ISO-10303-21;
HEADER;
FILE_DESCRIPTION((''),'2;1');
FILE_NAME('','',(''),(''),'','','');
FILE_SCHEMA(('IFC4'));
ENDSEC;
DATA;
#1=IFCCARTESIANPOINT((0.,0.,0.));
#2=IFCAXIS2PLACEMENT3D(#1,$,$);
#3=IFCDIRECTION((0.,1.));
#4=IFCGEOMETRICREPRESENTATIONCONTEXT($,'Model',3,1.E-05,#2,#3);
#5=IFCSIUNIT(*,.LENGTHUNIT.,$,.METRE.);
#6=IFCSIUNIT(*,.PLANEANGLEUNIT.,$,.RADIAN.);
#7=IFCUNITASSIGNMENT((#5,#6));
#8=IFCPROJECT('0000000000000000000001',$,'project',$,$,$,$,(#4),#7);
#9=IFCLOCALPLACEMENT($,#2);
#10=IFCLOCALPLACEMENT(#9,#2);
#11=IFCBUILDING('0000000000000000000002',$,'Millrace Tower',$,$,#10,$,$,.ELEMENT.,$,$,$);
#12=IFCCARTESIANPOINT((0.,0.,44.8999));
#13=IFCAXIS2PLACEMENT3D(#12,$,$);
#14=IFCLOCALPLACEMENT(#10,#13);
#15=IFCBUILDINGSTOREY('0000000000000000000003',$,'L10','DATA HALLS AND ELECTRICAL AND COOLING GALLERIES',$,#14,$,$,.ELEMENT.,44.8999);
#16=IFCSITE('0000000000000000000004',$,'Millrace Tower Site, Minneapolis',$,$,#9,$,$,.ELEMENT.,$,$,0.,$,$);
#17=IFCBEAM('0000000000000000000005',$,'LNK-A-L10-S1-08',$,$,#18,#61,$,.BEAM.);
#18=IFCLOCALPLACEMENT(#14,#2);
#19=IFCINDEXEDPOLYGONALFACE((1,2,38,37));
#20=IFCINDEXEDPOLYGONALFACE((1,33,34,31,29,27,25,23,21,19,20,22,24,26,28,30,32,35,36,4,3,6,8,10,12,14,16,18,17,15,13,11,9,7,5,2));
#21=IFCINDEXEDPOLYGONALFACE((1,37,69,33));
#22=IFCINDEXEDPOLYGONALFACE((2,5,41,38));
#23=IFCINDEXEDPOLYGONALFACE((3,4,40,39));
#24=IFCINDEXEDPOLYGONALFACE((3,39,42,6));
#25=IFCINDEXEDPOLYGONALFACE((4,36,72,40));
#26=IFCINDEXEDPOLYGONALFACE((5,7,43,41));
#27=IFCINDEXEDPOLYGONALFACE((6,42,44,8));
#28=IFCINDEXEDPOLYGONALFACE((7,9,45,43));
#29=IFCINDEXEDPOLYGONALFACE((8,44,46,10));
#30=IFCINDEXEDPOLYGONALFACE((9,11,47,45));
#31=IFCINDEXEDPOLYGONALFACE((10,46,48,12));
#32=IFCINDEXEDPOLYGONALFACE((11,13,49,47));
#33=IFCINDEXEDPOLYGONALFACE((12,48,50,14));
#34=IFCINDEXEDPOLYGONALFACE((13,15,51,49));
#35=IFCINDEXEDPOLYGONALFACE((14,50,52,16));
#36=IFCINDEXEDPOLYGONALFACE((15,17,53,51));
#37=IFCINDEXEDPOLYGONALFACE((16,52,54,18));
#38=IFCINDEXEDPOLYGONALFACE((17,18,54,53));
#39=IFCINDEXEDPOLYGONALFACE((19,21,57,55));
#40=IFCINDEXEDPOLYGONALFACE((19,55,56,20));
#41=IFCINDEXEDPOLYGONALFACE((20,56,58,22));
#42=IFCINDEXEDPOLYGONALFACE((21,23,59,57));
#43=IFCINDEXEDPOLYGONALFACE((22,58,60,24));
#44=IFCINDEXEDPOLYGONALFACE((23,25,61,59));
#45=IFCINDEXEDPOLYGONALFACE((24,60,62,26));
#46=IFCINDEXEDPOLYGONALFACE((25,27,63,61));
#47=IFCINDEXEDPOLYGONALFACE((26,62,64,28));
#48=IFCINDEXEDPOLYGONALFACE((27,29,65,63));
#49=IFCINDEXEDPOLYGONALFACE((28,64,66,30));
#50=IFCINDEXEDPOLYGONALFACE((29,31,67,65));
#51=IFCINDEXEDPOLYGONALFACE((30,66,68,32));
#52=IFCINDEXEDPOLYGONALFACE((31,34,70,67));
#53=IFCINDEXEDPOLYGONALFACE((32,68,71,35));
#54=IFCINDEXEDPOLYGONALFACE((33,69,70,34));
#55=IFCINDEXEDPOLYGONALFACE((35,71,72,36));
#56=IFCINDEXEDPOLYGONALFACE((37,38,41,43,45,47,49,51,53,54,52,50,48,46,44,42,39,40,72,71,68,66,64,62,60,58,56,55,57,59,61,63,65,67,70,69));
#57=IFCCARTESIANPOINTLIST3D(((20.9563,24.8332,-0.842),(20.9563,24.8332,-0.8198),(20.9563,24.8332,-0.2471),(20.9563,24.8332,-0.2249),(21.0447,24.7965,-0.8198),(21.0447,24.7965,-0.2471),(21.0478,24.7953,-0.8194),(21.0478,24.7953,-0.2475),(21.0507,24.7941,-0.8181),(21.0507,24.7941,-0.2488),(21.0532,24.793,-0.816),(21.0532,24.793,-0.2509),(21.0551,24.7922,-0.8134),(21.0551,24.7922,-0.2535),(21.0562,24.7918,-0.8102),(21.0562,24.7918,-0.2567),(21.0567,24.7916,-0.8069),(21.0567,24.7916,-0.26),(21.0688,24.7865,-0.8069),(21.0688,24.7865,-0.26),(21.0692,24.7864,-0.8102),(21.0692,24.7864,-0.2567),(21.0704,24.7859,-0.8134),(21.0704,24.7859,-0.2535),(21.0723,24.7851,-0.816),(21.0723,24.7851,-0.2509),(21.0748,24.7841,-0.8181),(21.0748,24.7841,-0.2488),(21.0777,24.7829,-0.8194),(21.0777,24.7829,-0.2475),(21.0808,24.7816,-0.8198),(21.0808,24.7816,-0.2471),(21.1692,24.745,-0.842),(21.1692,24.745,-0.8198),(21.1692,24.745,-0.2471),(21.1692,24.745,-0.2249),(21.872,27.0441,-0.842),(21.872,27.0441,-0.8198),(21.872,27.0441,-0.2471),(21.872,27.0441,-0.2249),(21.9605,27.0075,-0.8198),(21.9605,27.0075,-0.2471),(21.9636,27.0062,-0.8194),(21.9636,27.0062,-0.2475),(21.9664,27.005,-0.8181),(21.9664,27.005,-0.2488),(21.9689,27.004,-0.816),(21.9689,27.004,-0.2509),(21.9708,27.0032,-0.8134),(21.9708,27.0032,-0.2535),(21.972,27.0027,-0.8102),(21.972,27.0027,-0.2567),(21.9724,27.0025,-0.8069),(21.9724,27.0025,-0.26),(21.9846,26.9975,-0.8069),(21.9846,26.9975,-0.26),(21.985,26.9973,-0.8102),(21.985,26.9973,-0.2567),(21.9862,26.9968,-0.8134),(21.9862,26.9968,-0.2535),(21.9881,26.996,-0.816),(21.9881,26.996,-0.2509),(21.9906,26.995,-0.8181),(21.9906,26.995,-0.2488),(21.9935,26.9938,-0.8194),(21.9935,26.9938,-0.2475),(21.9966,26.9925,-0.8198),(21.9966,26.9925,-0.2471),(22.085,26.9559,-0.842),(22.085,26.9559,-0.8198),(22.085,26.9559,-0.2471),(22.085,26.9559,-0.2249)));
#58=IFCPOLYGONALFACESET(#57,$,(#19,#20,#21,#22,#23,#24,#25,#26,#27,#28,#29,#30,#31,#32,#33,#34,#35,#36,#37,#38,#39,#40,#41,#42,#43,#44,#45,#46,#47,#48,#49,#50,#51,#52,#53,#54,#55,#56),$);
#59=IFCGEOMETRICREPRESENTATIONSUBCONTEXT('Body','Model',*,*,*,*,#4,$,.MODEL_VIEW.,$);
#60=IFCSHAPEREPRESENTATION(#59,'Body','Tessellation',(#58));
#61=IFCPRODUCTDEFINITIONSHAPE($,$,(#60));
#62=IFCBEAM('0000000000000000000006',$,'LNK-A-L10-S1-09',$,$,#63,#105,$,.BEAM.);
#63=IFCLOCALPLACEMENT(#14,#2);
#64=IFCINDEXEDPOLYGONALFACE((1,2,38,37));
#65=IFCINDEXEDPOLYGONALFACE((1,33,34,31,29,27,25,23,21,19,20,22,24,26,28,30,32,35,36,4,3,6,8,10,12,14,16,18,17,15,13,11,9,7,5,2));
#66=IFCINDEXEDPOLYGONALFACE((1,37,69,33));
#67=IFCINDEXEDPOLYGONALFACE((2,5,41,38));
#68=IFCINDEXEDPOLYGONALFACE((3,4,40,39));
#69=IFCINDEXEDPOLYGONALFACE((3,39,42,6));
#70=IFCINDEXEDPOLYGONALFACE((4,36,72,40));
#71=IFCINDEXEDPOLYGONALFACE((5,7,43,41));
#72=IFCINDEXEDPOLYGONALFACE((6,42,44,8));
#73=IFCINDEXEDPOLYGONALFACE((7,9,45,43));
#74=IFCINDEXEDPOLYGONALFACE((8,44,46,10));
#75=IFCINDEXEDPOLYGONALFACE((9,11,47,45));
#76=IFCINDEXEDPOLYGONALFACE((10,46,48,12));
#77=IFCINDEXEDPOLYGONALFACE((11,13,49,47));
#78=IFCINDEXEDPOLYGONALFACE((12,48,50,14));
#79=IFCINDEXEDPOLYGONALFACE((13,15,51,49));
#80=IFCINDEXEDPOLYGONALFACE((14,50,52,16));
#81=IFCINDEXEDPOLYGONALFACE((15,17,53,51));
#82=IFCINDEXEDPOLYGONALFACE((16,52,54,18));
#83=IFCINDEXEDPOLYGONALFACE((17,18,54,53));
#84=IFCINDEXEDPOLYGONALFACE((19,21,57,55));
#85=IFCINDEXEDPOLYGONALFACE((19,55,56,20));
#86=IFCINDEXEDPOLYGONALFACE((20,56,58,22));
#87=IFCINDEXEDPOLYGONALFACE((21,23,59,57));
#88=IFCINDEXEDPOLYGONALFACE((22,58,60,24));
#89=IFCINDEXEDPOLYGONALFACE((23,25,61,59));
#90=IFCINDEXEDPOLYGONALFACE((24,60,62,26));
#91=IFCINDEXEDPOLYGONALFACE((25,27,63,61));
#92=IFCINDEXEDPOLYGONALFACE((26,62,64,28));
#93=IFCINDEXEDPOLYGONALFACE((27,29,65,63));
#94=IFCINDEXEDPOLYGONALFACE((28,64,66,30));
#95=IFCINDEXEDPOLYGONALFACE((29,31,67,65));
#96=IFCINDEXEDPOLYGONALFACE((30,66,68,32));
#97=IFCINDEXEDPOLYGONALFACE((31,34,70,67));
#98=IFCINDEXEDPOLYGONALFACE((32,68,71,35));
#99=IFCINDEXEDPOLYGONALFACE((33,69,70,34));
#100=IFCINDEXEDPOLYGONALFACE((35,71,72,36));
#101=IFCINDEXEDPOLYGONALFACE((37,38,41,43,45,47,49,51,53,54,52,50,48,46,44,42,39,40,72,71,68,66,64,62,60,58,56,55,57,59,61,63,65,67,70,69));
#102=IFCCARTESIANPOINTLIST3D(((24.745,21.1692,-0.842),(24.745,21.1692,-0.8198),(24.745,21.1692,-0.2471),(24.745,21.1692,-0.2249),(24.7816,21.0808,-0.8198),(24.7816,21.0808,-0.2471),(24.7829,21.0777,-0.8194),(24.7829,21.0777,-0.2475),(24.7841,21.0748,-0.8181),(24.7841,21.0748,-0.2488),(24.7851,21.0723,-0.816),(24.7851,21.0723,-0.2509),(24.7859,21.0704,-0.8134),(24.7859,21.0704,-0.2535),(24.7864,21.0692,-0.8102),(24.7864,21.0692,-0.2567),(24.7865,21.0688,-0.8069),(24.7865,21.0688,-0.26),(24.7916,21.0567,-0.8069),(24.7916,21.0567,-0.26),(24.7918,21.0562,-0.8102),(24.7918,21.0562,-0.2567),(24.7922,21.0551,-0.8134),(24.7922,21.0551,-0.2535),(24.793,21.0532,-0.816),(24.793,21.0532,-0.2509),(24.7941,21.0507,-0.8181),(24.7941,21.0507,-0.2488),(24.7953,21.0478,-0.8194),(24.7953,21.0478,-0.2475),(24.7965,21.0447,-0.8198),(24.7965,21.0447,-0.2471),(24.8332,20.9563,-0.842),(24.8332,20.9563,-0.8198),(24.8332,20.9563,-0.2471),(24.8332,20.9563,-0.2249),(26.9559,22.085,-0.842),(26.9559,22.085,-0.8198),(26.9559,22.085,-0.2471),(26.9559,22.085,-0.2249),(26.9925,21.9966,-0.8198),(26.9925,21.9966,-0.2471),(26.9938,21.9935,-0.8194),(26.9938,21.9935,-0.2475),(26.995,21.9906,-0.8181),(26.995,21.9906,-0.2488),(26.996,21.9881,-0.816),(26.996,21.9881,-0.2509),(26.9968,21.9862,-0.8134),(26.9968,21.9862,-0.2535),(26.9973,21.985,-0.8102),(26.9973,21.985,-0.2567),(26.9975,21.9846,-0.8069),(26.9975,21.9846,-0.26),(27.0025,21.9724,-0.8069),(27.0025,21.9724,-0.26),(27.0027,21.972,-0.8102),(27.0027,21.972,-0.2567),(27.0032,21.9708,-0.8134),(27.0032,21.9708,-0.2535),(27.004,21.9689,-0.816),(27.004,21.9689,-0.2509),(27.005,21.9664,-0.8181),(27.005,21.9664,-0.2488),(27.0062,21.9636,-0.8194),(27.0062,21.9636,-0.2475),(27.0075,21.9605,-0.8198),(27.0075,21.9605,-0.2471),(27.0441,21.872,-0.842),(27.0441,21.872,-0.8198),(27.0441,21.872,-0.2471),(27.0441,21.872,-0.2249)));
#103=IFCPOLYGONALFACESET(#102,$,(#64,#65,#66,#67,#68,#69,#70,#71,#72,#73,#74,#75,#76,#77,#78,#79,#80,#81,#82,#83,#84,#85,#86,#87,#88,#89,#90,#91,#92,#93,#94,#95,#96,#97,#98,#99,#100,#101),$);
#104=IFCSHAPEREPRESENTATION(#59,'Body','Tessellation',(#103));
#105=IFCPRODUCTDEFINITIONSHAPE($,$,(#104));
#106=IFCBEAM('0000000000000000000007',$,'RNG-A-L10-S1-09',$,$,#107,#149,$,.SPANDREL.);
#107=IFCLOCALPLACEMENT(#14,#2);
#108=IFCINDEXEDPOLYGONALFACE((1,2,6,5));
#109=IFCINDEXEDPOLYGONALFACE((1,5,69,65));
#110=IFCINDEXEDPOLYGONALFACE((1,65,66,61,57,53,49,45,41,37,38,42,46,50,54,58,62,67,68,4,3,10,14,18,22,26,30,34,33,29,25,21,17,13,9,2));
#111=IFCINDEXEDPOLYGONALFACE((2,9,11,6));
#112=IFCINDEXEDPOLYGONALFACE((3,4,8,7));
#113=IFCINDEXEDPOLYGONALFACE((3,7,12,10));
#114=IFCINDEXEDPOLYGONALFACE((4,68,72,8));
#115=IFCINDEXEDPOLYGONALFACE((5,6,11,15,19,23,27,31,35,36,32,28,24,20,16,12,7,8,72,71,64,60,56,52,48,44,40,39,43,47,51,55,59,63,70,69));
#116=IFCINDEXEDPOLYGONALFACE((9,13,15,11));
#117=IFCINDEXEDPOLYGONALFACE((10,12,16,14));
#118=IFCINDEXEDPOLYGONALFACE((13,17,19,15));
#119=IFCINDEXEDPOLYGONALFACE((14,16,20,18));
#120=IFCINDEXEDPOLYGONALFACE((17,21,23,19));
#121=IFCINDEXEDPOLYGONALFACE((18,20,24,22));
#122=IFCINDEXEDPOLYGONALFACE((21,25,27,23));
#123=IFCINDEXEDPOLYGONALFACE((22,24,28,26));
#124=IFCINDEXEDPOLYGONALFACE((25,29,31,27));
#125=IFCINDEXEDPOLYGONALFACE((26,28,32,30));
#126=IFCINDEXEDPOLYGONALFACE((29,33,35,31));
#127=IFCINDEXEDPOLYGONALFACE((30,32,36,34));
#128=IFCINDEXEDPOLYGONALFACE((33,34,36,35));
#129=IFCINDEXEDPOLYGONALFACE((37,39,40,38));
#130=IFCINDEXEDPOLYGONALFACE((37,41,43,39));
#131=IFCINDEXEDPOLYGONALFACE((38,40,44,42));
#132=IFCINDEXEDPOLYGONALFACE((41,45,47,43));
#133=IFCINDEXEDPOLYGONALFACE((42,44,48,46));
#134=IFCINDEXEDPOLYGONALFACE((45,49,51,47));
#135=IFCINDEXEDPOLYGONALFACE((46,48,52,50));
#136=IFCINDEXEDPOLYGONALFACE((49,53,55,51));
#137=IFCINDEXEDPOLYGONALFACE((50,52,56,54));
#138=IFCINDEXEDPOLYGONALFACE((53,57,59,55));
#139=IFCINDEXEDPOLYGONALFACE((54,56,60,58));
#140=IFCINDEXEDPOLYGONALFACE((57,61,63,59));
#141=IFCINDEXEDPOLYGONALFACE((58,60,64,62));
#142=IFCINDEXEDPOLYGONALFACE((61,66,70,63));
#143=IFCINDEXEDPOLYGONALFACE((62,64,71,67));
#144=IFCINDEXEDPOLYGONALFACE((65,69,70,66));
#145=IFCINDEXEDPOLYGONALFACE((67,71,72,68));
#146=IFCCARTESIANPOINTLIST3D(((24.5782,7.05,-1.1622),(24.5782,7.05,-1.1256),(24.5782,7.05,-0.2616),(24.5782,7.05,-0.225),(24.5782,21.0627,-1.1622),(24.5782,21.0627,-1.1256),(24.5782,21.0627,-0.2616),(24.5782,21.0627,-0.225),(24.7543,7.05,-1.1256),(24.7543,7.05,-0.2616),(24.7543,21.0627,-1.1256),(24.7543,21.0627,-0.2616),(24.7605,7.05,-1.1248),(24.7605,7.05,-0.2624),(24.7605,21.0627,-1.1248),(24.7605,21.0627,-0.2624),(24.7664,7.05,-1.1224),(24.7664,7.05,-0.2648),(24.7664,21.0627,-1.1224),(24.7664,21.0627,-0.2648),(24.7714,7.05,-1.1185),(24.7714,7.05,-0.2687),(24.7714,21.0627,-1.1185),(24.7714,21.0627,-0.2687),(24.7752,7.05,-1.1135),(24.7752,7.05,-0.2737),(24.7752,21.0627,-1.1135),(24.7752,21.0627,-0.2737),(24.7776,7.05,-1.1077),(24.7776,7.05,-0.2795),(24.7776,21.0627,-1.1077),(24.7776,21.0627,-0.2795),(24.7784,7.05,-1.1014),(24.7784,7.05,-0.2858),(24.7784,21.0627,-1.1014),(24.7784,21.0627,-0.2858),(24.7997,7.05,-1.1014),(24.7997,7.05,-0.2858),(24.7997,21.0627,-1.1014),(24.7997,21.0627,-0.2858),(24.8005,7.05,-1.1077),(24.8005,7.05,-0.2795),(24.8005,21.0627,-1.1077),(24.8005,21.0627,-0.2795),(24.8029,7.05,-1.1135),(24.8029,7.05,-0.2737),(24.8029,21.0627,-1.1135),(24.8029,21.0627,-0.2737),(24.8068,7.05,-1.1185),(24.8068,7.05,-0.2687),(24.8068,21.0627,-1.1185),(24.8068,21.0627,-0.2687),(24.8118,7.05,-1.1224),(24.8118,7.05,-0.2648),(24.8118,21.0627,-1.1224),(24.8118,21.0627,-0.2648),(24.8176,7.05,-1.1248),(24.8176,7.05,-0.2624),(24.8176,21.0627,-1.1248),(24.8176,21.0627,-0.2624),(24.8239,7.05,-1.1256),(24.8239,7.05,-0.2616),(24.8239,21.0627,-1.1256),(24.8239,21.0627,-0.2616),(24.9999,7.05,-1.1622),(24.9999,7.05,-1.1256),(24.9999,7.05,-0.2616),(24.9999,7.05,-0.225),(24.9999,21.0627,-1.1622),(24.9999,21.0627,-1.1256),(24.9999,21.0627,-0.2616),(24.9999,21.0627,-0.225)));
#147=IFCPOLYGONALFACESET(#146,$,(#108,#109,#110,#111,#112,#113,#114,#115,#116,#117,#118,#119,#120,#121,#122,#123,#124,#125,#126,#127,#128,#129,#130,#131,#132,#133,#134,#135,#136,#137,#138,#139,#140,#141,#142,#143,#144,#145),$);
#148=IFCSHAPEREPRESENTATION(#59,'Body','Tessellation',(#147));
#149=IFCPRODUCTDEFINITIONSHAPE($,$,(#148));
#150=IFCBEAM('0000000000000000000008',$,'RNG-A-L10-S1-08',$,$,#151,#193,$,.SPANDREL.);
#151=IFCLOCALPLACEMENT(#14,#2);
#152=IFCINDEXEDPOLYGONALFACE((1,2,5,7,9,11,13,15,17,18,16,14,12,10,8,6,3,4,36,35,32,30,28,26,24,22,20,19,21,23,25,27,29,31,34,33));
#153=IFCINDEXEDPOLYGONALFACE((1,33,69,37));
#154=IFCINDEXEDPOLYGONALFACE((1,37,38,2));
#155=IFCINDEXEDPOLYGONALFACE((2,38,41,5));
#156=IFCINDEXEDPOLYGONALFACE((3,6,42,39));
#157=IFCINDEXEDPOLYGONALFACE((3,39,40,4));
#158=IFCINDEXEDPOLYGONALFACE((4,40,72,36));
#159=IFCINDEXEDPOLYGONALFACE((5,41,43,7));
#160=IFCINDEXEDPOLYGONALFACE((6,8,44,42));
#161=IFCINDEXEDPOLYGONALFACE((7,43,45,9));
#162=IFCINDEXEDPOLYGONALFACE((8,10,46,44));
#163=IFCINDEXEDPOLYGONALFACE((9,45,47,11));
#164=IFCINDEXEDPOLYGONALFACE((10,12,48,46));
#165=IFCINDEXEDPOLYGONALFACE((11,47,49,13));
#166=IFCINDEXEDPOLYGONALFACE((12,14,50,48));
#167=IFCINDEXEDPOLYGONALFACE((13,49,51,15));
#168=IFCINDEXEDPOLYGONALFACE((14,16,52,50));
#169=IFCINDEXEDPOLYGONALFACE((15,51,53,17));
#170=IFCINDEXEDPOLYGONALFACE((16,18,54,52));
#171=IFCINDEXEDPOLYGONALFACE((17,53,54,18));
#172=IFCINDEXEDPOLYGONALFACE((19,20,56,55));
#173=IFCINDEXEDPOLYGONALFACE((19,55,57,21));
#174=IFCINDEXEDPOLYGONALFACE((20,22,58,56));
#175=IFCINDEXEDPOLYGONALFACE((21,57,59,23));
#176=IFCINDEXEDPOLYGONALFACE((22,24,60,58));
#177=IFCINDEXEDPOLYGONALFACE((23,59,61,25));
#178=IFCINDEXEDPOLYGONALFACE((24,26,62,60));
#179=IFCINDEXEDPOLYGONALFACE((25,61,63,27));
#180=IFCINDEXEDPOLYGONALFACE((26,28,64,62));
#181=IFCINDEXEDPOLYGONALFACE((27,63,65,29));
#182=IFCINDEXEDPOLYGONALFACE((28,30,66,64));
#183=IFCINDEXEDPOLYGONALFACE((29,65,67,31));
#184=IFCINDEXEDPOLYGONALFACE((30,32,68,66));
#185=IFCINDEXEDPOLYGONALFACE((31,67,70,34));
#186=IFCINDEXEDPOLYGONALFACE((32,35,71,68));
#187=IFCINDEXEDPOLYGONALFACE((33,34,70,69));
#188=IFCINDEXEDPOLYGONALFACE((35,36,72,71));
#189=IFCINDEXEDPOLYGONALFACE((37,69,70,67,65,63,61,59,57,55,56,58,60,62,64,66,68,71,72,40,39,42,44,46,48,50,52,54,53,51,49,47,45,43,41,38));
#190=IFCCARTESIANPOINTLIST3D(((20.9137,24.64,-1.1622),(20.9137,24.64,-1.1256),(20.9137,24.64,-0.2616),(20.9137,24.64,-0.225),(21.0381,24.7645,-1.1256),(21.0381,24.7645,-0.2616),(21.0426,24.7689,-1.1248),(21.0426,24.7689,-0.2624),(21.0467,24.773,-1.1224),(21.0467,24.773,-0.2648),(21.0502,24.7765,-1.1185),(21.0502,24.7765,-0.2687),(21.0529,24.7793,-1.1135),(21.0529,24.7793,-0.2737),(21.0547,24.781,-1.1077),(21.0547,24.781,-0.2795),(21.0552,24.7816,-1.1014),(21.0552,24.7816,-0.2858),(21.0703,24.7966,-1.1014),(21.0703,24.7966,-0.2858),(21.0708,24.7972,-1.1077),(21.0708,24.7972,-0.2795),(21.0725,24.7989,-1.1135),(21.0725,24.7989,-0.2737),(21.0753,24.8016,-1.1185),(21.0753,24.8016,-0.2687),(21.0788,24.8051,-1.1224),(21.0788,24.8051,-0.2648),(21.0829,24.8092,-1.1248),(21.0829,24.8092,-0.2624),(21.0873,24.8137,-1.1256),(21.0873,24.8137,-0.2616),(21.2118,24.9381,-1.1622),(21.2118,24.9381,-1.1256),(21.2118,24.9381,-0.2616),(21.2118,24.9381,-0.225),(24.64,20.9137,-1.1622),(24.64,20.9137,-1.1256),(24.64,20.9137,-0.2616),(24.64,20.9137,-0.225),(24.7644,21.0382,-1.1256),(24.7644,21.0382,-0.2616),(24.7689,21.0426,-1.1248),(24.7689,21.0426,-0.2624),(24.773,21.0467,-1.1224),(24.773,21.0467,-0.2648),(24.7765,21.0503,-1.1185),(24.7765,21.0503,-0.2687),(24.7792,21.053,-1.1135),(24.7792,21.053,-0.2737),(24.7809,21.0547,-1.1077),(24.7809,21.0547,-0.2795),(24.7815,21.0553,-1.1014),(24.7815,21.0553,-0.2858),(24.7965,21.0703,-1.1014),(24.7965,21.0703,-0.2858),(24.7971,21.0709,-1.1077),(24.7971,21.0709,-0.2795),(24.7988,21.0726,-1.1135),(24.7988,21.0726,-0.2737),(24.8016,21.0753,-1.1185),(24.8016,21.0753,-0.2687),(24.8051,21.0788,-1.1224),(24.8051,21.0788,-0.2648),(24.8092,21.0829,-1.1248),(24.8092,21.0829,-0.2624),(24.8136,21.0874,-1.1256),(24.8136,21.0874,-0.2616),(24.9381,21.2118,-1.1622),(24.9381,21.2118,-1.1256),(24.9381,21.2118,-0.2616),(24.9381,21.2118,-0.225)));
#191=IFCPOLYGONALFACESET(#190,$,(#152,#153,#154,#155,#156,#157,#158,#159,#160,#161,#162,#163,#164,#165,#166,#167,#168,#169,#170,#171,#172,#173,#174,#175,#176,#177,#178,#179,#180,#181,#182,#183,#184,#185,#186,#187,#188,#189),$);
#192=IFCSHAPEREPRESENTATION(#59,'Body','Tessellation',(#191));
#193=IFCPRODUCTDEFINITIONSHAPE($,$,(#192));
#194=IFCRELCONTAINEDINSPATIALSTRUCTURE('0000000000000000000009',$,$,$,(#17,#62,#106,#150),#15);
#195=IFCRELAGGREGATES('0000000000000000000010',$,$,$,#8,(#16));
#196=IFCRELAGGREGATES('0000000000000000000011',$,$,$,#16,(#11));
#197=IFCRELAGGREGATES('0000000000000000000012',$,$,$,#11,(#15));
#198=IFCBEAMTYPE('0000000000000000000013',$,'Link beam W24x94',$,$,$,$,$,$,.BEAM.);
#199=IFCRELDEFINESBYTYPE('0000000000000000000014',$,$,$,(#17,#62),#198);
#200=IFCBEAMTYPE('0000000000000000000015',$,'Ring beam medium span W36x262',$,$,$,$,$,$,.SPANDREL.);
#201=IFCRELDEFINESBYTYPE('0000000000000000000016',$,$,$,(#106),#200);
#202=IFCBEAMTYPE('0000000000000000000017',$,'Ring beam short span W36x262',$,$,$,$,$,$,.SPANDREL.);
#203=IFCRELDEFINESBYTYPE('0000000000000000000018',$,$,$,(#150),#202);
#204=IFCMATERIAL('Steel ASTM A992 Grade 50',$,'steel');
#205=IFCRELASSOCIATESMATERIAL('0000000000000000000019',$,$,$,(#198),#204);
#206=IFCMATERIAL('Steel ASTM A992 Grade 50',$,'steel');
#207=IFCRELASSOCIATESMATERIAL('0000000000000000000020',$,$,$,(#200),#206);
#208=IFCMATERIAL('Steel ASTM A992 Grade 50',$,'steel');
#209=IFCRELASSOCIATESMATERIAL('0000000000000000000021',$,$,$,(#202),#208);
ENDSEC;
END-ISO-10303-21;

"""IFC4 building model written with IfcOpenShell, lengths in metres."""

from ifc_helpers import new_model, si_unit, direction, frame, origin, origin_2d, place, context, subcontext, project, spatial, i_section, extrude, material, material_profile, profile_set, type_object, element, save


model = new_model("IFC4")

# Units and contexts
model_context = context("Model", 3, precision=1e-05, world=origin(), true_north=direction((0.0, 1.0)))
body_context = subcontext(model_context, "Body", "Model", "MODEL_VIEW")
ifc_project = project(units=[si_unit("LENGTHUNIT", "METRE"), si_unit("PLANEANGLEUNIT", "RADIAN")], contexts=[model_context])

# Site, building, storey
site_placement = place(None, origin())
site = spatial("IfcSite", under=ifc_project, at=site_placement, Name="Millrace Tower Site, Minneapolis", CompositionType="ELEMENT", RefElevation=0.0)
building_placement = place(site_placement, origin())
building = spatial("IfcBuilding", under=site, at=building_placement, Name="Millrace Tower", CompositionType="ELEMENT")
storey_placement = place(building_placement, frame((0.0, 0.0, 44.8999)))
storey = spatial("IfcBuildingStorey", under=building, at=storey_placement, Name="L10", Description="DATA HALLS AND ELECTRICAL AND COOLING GALLERIES", CompositionType="ELEMENT", Elevation=44.8999)

# Beams
ifc_material_1 = material(Name="Steel ASTM A992 Grade 50", Category="steel")
ifc_material_profile_1 = material_profile(ifc_material_1, i_section(OverallWidth=0.2305, OverallDepth=0.6172, WebThickness=0.0132, FlangeThickness=0.0222, FilletRadius=0.0129, at=origin_2d()))
ifc_profile_set_1 = profile_set([ifc_material_profile_1], Name="Steel ASTM A992 Grade 50")
beam_type_1 = type_object("IfcBeamType", Name="Link beam W24x94", PredefinedType="BEAM", material=ifc_profile_set_1)
for number, where, z_axis, x_axis, name in (
    (1, (21.0627, 24.7891, -0.5334), (0.382673, 0.923884, 0.0), (-0.923884, 0.382673, 0.0), "LNK-A-L10-S1-08"),
    (2, (24.7891, 21.0627, -0.5334), (0.923884, 0.382673, 0.0), (-0.382673, 0.923884, 0.0), "LNK-A-L10-S1-09"),
):
    element("IfcBeam", number, at=place(storey_placement, frame(where, z_axis=z_axis, x_axis=x_axis)), inside=storey, type_object=beam_type_1, Name=name, PredefinedType="BEAM", context=body_context, shape_type="SweptSolid", body=[
        extrude(i_section(OverallWidth=0.2305, OverallDepth=0.6172, WebThickness=0.0132, FlangeThickness=0.0222, FilletRadius=0.0129, at=origin_2d()), origin(), (0.0, 0.0, 1.0), 2.3931),
    ])
ifc_material_2 = material(Name="Steel ASTM A992 Grade 50", Category="steel")
ifc_material_profile_2 = material_profile(ifc_material_2, i_section(OverallWidth=0.4216, OverallDepth=0.9373, WebThickness=0.0212, FlangeThickness=0.0366, FilletRadius=0.0242, at=origin_2d()))
ifc_profile_set_2 = profile_set([ifc_material_profile_2], Name="Steel ASTM A992 Grade 50")
beam_type_2 = type_object("IfcBeamType", Name="Ring beam medium span W36x262", PredefinedType="SPANDREL", material=ifc_profile_set_2)
beam_1_placement = place(storey_placement, frame((24.7891, 21.0627, -0.6936), z_axis=(0.0, -1.0, 0.0), x_axis=(1.0, 0.0, 0.0)))
element("IfcBeam", 3, at=beam_1_placement, inside=storey, type_object=beam_type_2, Name="RNG-A-L10-S1-09", PredefinedType="SPANDREL", context=body_context, shape_type="SweptSolid", body=[
    extrude(i_section(OverallWidth=0.4216, OverallDepth=0.9373, WebThickness=0.0212, FlangeThickness=0.0366, FilletRadius=0.0242, at=origin_2d()), origin(), (0.0, 0.0, 1.0), 14.0127),
])
ifc_material_3 = material(Name="Steel ASTM A992 Grade 50", Category="steel")
ifc_material_profile_3 = material_profile(ifc_material_3, i_section(OverallWidth=0.4216, OverallDepth=0.9373, WebThickness=0.0212, FlangeThickness=0.0366, FilletRadius=0.0242, at=origin_2d()))
ifc_profile_set_3 = profile_set([ifc_material_profile_3], Name="Steel ASTM A992 Grade 50")
beam_type_3 = type_object("IfcBeamType", Name="Ring beam short span W36x262", PredefinedType="SPANDREL", material=ifc_profile_set_3)
beam_2_placement = place(storey_placement, frame((21.0627, 24.7891, -0.6936), z_axis=(0.707107, -0.707107, 0.0), x_axis=(0.707107, 0.707107, 0.0)))
element("IfcBeam", 4, at=beam_2_placement, inside=storey, type_object=beam_type_3, Name="RNG-A-L10-S1-08", PredefinedType="SPANDREL", context=body_context, shape_type="SweptSolid", body=[
    extrude(i_section(OverallWidth=0.4216, OverallDepth=0.9373, WebThickness=0.0212, FlangeThickness=0.0366, FilletRadius=0.0242, at=origin_2d()), origin(), (0.0, 0.0, 1.0), 5.2698),
])

save(model, "model.ifc")
